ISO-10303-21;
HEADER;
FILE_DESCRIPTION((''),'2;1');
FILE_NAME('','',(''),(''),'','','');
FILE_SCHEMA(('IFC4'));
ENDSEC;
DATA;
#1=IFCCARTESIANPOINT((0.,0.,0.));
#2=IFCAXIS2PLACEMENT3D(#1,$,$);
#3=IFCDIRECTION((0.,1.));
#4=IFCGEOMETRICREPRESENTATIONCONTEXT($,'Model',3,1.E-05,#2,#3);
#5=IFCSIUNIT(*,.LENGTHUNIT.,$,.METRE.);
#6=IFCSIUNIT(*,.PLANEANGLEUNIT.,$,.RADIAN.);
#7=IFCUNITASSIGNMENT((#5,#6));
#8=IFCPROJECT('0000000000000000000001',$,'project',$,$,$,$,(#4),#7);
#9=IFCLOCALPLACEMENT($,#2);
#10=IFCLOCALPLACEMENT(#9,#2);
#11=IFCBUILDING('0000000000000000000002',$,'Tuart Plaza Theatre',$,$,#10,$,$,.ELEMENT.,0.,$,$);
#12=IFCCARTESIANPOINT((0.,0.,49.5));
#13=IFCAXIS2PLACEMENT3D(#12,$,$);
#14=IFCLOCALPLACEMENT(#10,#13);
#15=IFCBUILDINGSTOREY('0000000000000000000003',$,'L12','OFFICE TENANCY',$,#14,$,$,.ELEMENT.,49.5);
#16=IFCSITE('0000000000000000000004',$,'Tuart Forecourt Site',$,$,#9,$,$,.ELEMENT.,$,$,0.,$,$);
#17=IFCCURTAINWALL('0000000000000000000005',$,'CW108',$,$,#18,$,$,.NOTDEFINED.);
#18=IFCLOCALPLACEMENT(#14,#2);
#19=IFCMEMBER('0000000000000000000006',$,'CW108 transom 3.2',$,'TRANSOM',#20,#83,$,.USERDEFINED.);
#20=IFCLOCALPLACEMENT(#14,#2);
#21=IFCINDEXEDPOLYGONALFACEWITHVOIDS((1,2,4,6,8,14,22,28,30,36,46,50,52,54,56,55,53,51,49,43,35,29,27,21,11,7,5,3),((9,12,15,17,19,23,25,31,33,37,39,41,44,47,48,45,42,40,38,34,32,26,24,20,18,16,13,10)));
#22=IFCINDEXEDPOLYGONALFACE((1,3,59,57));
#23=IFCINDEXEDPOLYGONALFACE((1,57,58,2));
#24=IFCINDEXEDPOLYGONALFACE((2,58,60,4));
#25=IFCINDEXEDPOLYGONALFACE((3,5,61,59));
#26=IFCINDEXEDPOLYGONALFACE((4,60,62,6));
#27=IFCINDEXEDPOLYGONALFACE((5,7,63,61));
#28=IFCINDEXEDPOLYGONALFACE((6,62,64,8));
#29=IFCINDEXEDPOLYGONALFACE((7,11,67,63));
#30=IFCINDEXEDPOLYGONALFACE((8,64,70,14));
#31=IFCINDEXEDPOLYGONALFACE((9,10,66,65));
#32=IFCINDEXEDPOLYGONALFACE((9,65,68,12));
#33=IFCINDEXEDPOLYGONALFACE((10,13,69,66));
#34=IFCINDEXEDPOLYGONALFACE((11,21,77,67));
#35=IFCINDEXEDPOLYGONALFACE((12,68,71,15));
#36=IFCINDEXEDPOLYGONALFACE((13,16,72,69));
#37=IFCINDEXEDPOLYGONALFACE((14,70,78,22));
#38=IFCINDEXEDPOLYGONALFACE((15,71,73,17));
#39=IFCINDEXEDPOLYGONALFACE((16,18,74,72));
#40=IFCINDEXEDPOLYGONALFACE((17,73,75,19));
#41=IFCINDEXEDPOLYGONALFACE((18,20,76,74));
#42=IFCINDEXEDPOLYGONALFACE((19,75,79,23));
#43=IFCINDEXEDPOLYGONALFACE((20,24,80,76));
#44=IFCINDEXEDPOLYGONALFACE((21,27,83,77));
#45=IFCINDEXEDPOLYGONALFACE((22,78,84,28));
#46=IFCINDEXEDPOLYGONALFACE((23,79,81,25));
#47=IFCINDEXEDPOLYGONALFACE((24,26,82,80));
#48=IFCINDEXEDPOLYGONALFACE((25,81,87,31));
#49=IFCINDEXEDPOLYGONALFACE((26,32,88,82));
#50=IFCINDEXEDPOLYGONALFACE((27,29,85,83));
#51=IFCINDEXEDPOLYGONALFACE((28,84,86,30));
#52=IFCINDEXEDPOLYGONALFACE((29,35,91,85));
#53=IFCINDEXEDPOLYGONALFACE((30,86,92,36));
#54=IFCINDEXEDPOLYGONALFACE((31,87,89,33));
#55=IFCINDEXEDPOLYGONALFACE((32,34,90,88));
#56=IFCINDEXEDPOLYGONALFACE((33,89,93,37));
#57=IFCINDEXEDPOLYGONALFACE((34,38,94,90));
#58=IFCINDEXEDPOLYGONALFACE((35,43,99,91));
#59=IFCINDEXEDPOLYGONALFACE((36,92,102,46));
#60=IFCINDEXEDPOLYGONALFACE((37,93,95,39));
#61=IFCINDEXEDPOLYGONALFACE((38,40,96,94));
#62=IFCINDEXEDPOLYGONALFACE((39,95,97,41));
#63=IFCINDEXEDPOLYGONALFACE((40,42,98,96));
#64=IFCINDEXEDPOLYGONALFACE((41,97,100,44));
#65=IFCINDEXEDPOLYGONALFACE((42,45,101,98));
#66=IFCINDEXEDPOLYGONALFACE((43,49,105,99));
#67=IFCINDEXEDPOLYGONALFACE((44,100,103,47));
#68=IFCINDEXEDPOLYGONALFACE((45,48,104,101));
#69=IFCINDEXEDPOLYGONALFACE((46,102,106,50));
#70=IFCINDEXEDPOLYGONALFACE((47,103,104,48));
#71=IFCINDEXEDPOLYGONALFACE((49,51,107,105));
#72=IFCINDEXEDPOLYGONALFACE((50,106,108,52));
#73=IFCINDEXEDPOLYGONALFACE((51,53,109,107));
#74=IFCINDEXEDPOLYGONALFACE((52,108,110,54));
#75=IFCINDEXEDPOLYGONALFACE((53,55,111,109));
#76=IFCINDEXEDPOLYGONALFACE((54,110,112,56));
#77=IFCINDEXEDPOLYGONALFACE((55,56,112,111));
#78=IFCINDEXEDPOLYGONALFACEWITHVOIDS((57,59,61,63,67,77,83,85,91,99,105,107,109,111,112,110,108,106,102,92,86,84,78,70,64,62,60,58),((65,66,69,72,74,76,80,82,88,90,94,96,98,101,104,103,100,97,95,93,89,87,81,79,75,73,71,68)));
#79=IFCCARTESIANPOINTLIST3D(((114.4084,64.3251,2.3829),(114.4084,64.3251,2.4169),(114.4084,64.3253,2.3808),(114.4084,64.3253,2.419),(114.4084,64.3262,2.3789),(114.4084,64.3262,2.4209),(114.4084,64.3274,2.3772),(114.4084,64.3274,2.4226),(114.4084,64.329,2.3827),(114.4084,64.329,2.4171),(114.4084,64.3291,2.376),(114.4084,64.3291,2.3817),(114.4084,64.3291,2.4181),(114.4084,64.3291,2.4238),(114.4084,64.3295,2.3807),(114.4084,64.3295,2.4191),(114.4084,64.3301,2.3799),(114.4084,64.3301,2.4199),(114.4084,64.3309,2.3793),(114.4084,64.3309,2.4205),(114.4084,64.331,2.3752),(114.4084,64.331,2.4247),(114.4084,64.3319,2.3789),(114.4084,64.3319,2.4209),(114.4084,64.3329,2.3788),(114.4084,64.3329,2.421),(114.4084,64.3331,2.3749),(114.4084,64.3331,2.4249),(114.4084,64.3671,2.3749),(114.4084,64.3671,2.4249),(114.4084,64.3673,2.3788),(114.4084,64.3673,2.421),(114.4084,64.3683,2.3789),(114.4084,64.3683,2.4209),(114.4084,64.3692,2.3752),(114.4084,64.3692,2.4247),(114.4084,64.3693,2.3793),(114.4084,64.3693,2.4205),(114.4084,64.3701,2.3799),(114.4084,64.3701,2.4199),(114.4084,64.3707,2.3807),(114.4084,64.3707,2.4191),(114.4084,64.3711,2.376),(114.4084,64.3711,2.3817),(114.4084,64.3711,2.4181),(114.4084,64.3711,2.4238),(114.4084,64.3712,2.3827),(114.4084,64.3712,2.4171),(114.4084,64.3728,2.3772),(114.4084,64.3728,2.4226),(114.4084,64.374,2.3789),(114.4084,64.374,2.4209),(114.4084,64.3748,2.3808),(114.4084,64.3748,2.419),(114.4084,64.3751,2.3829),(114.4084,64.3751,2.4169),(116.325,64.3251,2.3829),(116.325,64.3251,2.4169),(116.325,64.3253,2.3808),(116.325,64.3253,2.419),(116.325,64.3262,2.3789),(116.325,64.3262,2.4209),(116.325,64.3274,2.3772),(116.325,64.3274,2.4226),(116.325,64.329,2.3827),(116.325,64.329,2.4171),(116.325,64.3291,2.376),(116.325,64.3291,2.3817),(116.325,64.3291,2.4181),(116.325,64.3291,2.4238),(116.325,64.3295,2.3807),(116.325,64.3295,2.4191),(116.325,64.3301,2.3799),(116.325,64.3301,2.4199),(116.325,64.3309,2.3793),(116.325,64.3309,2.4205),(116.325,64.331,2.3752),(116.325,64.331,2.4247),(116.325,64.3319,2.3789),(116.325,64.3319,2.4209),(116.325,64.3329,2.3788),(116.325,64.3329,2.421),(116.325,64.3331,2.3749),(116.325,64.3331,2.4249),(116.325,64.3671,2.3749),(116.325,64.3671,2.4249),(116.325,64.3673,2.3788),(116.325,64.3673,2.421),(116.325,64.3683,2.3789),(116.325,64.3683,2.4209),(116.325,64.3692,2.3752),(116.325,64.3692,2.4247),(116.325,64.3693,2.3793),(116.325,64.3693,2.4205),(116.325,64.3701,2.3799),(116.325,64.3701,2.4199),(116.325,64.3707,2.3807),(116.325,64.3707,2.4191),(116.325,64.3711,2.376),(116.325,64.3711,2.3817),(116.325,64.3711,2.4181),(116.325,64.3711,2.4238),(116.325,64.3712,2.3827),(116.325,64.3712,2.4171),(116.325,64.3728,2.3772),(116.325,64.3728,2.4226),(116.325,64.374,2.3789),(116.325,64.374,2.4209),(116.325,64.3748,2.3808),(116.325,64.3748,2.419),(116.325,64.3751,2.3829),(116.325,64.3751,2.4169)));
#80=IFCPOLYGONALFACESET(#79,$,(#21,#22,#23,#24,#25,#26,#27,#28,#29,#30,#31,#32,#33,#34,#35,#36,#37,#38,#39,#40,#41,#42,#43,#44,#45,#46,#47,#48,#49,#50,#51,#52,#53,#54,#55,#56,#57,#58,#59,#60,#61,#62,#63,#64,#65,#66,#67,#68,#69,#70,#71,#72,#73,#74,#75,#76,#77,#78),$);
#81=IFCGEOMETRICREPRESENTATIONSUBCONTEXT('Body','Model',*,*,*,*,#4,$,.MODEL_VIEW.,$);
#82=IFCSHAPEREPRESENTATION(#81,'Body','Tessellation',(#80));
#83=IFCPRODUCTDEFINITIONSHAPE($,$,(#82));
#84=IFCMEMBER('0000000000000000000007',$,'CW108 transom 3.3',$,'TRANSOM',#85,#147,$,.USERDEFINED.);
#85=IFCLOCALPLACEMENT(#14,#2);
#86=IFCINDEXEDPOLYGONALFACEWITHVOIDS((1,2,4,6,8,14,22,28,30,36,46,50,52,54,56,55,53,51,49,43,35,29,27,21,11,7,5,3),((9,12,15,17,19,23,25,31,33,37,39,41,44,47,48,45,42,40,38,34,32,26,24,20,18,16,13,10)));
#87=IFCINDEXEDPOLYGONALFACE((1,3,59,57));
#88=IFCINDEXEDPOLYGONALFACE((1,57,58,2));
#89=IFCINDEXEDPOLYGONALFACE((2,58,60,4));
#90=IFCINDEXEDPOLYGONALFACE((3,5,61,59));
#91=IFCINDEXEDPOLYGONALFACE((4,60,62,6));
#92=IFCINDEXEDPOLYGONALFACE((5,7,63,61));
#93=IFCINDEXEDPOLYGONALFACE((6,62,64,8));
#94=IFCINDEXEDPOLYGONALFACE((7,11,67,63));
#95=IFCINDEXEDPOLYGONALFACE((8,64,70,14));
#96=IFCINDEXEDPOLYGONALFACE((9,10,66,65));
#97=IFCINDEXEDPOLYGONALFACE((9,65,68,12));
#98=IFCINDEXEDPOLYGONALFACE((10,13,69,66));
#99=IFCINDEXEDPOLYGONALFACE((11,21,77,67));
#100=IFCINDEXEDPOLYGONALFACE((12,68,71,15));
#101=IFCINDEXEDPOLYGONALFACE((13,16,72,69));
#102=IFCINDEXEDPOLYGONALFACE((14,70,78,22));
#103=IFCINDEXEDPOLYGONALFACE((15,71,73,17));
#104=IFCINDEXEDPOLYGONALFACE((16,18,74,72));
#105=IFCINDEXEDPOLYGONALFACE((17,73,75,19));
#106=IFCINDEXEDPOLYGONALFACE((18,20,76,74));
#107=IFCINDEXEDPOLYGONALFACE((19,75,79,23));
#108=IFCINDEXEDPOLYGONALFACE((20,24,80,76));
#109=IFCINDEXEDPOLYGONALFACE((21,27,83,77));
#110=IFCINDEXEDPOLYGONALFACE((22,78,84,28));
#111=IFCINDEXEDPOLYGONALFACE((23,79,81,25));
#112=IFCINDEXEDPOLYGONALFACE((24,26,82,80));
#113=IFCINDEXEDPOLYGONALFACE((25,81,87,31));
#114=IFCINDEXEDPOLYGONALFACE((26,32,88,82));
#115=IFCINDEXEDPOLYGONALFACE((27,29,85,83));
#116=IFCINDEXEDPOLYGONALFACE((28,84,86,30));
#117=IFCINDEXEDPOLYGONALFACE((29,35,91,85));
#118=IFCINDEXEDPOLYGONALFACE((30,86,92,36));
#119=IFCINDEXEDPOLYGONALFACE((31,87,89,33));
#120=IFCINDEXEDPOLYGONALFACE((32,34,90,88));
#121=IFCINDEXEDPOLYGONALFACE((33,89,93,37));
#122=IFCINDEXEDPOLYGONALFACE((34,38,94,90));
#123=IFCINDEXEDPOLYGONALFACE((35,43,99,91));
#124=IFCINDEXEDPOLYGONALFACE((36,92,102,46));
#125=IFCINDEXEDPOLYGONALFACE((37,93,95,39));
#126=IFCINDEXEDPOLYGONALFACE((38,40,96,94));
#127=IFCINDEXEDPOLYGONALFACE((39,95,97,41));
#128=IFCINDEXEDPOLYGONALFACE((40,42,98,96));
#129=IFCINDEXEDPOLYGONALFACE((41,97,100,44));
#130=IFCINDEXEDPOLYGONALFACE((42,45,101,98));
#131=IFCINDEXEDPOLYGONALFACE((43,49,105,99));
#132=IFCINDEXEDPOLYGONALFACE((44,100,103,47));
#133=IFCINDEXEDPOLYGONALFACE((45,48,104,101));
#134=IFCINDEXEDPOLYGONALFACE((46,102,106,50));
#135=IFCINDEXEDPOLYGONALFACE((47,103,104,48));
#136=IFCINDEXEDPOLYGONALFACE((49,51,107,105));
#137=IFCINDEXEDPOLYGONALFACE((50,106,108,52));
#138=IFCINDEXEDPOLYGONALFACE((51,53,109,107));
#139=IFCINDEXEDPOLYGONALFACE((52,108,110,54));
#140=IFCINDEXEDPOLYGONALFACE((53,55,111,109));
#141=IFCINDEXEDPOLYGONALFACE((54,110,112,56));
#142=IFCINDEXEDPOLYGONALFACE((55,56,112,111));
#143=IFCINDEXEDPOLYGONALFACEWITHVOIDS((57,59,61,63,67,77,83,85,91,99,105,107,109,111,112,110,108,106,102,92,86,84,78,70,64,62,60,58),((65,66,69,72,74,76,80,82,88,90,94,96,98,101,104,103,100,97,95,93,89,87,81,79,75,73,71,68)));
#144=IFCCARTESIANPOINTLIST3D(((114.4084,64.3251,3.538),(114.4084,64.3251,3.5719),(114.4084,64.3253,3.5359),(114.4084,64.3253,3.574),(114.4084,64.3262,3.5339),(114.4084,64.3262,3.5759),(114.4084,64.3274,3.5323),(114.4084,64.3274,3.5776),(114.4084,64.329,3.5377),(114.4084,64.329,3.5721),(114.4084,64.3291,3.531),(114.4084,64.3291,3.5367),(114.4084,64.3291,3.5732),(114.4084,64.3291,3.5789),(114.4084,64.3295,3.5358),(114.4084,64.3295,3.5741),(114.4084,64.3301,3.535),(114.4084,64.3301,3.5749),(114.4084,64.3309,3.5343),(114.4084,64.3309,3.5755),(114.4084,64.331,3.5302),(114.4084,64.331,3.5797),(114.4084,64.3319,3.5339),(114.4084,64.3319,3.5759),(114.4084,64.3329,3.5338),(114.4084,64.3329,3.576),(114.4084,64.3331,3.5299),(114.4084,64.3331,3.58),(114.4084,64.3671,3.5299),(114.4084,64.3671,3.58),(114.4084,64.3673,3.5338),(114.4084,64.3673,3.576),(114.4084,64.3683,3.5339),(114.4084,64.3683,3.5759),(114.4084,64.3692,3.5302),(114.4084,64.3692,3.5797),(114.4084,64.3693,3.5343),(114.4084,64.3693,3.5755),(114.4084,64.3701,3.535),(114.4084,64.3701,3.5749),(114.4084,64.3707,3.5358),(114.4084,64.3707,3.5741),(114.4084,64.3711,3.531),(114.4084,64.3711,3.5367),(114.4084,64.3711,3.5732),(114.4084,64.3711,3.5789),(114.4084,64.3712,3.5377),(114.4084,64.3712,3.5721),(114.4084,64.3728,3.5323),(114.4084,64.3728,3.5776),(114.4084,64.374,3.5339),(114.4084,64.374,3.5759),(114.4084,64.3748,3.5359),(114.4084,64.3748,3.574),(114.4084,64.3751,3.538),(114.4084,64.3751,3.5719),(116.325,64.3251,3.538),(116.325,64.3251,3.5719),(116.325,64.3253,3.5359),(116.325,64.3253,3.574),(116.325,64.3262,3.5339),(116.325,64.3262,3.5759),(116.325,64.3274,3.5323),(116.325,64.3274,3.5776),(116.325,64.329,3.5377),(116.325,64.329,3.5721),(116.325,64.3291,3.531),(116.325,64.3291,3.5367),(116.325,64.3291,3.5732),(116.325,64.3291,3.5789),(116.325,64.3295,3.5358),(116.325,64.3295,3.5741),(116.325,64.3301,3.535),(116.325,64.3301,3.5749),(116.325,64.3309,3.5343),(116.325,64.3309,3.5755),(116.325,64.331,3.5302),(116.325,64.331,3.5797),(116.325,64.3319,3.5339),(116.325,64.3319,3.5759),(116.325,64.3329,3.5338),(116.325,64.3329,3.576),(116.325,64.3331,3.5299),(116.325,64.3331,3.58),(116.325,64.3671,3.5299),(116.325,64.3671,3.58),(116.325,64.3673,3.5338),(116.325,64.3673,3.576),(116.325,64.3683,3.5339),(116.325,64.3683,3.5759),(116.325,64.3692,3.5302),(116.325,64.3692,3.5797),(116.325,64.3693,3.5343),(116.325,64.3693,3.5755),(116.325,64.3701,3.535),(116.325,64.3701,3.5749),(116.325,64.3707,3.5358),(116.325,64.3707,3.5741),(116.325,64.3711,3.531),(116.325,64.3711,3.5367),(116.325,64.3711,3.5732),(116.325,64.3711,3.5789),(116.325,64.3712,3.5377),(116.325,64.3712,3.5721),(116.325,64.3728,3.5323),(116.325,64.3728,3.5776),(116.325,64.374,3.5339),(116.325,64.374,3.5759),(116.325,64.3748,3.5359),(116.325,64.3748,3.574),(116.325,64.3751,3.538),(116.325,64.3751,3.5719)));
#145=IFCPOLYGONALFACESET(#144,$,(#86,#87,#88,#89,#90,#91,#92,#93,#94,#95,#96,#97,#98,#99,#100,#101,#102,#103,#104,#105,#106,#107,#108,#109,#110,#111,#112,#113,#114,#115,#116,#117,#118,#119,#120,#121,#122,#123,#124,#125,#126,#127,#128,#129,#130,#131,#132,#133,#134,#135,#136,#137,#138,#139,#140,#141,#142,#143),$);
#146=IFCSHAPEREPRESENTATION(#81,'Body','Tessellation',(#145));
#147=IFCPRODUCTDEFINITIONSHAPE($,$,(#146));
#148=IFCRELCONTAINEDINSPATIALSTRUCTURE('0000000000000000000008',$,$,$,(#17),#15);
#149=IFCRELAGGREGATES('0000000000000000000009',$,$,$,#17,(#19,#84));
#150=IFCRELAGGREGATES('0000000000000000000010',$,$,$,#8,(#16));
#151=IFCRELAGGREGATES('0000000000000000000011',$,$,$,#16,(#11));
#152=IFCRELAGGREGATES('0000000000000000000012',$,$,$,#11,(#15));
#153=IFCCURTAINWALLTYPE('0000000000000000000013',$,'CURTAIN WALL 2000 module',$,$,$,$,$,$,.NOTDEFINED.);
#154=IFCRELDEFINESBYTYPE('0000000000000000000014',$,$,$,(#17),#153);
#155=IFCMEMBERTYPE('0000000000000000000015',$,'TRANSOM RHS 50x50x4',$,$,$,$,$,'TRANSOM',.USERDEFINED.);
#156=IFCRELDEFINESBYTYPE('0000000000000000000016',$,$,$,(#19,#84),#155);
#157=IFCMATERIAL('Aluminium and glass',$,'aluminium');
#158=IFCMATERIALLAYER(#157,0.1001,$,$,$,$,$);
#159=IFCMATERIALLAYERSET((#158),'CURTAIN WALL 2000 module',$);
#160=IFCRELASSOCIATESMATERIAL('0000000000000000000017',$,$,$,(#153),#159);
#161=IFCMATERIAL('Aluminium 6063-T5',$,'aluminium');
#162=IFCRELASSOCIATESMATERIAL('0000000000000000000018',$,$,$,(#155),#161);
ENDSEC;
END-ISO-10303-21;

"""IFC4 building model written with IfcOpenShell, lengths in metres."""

from ifc_helpers import new_model, si_unit, direction, frame, origin, origin_2d, place, context, subcontext, project, spatial, hollow_rectangle, extrude, material, layer, layer_set, material_profile, profile_set, type_object, element, aggregate, save


model = new_model("IFC4")

# Units and contexts
model_context = context("Model", 3, precision=1e-05, world=origin(), true_north=direction((0.0, 1.0)))
body_context = subcontext(model_context, "Body", "Model", "MODEL_VIEW")
ifc_project = project(units=[si_unit("LENGTHUNIT", "METRE"), si_unit("PLANEANGLEUNIT", "RADIAN")], contexts=[model_context])

# Site, building, storey
site_placement = place(None, origin())
site = spatial("IfcSite", under=ifc_project, at=site_placement, Name="Tuart Forecourt Site", CompositionType="ELEMENT", RefElevation=0.0)
building_placement = place(site_placement, origin())
building = spatial("IfcBuilding", under=site, at=building_placement, Name="Tuart Plaza Theatre", CompositionType="ELEMENT", ElevationOfRefHeight=0.0)
storey_placement = place(building_placement, frame((0.0, 0.0, 49.5)))
storey = spatial("IfcBuildingStorey", under=building, at=storey_placement, Name="L12", Description="OFFICE TENANCY", CompositionType="ELEMENT", Elevation=49.5)

# Curtain wall
ifc_material_1 = material(Name="Aluminium and glass", Category="aluminium")
ifc_layer_1 = layer(ifc_material_1, 0.1001)
ifc_layer_set_1 = layer_set([ifc_layer_1], Name="CURTAIN WALL 2000 module")
curtain_wall_type = type_object("IfcCurtainWallType", Name="CURTAIN WALL 2000 module", PredefinedType="NOTDEFINED", material=ifc_layer_set_1)
curtain_wall_1_placement = place(storey_placement, origin())
curtain_wall_1 = element("IfcCurtainWall", 1, at=curtain_wall_1_placement, inside=storey, type_object=curtain_wall_type, Name="CW108", PredefinedType="NOTDEFINED")
ifc_material_2 = material(Name="Aluminium 6063-T5", Category="aluminium")
ifc_material_profile_1 = material_profile(ifc_material_2, hollow_rectangle(XDim=0.05, YDim=0.05, WallThickness=0.0039, InnerFilletRadius=0.0039, OuterFilletRadius=0.0081, at=origin_2d()), Name="RHS 50x50x4")
ifc_profile_set_1 = profile_set([ifc_material_profile_1], Name="Aluminium 6063-T5")
member_type_1 = type_object("IfcMemberType", Name="TRANSOM RHS 50x50x4", ElementType="TRANSOM", PredefinedType="USERDEFINED", material=ifc_profile_set_1)

# Members
member_1_placement = place(storey_placement, frame((114.4084, 64.3501, 2.3999), z_axis=(1.0, 0.0, 0.0), x_axis=(0.0, 1.0, 0.0)))
member_1 = element("IfcMember", 2, at=member_1_placement, type_object=member_type_1, Name="CW108 transom 3.2", ObjectType="TRANSOM", PredefinedType="USERDEFINED", context=body_context, shape_type="SweptSolid", body=[
    extrude(hollow_rectangle(XDim=0.05, YDim=0.05, WallThickness=0.0039, InnerFilletRadius=0.0039, OuterFilletRadius=0.0081, at=origin_2d()), origin(), (0.0, 0.0, 1.0), 1.9165),
])
member_2_placement = place(storey_placement, frame((114.4084, 64.3501, 3.5549), z_axis=(1.0, 0.0, 0.0), x_axis=(0.0, 1.0, 0.0)))
member_2 = element("IfcMember", 3, at=member_2_placement, type_object=member_type_1, Name="CW108 transom 3.3", ObjectType="TRANSOM", PredefinedType="USERDEFINED", context=body_context, shape_type="SweptSolid", body=[
    extrude(hollow_rectangle(XDim=0.05, YDim=0.05, WallThickness=0.0039, InnerFilletRadius=0.0039, OuterFilletRadius=0.0081, at=origin_2d()), origin(), (0.0, 0.0, 1.0), 1.9165),
])

aggregate(curtain_wall_1, [member_1, member_2])

save(model, "model.ifc")
